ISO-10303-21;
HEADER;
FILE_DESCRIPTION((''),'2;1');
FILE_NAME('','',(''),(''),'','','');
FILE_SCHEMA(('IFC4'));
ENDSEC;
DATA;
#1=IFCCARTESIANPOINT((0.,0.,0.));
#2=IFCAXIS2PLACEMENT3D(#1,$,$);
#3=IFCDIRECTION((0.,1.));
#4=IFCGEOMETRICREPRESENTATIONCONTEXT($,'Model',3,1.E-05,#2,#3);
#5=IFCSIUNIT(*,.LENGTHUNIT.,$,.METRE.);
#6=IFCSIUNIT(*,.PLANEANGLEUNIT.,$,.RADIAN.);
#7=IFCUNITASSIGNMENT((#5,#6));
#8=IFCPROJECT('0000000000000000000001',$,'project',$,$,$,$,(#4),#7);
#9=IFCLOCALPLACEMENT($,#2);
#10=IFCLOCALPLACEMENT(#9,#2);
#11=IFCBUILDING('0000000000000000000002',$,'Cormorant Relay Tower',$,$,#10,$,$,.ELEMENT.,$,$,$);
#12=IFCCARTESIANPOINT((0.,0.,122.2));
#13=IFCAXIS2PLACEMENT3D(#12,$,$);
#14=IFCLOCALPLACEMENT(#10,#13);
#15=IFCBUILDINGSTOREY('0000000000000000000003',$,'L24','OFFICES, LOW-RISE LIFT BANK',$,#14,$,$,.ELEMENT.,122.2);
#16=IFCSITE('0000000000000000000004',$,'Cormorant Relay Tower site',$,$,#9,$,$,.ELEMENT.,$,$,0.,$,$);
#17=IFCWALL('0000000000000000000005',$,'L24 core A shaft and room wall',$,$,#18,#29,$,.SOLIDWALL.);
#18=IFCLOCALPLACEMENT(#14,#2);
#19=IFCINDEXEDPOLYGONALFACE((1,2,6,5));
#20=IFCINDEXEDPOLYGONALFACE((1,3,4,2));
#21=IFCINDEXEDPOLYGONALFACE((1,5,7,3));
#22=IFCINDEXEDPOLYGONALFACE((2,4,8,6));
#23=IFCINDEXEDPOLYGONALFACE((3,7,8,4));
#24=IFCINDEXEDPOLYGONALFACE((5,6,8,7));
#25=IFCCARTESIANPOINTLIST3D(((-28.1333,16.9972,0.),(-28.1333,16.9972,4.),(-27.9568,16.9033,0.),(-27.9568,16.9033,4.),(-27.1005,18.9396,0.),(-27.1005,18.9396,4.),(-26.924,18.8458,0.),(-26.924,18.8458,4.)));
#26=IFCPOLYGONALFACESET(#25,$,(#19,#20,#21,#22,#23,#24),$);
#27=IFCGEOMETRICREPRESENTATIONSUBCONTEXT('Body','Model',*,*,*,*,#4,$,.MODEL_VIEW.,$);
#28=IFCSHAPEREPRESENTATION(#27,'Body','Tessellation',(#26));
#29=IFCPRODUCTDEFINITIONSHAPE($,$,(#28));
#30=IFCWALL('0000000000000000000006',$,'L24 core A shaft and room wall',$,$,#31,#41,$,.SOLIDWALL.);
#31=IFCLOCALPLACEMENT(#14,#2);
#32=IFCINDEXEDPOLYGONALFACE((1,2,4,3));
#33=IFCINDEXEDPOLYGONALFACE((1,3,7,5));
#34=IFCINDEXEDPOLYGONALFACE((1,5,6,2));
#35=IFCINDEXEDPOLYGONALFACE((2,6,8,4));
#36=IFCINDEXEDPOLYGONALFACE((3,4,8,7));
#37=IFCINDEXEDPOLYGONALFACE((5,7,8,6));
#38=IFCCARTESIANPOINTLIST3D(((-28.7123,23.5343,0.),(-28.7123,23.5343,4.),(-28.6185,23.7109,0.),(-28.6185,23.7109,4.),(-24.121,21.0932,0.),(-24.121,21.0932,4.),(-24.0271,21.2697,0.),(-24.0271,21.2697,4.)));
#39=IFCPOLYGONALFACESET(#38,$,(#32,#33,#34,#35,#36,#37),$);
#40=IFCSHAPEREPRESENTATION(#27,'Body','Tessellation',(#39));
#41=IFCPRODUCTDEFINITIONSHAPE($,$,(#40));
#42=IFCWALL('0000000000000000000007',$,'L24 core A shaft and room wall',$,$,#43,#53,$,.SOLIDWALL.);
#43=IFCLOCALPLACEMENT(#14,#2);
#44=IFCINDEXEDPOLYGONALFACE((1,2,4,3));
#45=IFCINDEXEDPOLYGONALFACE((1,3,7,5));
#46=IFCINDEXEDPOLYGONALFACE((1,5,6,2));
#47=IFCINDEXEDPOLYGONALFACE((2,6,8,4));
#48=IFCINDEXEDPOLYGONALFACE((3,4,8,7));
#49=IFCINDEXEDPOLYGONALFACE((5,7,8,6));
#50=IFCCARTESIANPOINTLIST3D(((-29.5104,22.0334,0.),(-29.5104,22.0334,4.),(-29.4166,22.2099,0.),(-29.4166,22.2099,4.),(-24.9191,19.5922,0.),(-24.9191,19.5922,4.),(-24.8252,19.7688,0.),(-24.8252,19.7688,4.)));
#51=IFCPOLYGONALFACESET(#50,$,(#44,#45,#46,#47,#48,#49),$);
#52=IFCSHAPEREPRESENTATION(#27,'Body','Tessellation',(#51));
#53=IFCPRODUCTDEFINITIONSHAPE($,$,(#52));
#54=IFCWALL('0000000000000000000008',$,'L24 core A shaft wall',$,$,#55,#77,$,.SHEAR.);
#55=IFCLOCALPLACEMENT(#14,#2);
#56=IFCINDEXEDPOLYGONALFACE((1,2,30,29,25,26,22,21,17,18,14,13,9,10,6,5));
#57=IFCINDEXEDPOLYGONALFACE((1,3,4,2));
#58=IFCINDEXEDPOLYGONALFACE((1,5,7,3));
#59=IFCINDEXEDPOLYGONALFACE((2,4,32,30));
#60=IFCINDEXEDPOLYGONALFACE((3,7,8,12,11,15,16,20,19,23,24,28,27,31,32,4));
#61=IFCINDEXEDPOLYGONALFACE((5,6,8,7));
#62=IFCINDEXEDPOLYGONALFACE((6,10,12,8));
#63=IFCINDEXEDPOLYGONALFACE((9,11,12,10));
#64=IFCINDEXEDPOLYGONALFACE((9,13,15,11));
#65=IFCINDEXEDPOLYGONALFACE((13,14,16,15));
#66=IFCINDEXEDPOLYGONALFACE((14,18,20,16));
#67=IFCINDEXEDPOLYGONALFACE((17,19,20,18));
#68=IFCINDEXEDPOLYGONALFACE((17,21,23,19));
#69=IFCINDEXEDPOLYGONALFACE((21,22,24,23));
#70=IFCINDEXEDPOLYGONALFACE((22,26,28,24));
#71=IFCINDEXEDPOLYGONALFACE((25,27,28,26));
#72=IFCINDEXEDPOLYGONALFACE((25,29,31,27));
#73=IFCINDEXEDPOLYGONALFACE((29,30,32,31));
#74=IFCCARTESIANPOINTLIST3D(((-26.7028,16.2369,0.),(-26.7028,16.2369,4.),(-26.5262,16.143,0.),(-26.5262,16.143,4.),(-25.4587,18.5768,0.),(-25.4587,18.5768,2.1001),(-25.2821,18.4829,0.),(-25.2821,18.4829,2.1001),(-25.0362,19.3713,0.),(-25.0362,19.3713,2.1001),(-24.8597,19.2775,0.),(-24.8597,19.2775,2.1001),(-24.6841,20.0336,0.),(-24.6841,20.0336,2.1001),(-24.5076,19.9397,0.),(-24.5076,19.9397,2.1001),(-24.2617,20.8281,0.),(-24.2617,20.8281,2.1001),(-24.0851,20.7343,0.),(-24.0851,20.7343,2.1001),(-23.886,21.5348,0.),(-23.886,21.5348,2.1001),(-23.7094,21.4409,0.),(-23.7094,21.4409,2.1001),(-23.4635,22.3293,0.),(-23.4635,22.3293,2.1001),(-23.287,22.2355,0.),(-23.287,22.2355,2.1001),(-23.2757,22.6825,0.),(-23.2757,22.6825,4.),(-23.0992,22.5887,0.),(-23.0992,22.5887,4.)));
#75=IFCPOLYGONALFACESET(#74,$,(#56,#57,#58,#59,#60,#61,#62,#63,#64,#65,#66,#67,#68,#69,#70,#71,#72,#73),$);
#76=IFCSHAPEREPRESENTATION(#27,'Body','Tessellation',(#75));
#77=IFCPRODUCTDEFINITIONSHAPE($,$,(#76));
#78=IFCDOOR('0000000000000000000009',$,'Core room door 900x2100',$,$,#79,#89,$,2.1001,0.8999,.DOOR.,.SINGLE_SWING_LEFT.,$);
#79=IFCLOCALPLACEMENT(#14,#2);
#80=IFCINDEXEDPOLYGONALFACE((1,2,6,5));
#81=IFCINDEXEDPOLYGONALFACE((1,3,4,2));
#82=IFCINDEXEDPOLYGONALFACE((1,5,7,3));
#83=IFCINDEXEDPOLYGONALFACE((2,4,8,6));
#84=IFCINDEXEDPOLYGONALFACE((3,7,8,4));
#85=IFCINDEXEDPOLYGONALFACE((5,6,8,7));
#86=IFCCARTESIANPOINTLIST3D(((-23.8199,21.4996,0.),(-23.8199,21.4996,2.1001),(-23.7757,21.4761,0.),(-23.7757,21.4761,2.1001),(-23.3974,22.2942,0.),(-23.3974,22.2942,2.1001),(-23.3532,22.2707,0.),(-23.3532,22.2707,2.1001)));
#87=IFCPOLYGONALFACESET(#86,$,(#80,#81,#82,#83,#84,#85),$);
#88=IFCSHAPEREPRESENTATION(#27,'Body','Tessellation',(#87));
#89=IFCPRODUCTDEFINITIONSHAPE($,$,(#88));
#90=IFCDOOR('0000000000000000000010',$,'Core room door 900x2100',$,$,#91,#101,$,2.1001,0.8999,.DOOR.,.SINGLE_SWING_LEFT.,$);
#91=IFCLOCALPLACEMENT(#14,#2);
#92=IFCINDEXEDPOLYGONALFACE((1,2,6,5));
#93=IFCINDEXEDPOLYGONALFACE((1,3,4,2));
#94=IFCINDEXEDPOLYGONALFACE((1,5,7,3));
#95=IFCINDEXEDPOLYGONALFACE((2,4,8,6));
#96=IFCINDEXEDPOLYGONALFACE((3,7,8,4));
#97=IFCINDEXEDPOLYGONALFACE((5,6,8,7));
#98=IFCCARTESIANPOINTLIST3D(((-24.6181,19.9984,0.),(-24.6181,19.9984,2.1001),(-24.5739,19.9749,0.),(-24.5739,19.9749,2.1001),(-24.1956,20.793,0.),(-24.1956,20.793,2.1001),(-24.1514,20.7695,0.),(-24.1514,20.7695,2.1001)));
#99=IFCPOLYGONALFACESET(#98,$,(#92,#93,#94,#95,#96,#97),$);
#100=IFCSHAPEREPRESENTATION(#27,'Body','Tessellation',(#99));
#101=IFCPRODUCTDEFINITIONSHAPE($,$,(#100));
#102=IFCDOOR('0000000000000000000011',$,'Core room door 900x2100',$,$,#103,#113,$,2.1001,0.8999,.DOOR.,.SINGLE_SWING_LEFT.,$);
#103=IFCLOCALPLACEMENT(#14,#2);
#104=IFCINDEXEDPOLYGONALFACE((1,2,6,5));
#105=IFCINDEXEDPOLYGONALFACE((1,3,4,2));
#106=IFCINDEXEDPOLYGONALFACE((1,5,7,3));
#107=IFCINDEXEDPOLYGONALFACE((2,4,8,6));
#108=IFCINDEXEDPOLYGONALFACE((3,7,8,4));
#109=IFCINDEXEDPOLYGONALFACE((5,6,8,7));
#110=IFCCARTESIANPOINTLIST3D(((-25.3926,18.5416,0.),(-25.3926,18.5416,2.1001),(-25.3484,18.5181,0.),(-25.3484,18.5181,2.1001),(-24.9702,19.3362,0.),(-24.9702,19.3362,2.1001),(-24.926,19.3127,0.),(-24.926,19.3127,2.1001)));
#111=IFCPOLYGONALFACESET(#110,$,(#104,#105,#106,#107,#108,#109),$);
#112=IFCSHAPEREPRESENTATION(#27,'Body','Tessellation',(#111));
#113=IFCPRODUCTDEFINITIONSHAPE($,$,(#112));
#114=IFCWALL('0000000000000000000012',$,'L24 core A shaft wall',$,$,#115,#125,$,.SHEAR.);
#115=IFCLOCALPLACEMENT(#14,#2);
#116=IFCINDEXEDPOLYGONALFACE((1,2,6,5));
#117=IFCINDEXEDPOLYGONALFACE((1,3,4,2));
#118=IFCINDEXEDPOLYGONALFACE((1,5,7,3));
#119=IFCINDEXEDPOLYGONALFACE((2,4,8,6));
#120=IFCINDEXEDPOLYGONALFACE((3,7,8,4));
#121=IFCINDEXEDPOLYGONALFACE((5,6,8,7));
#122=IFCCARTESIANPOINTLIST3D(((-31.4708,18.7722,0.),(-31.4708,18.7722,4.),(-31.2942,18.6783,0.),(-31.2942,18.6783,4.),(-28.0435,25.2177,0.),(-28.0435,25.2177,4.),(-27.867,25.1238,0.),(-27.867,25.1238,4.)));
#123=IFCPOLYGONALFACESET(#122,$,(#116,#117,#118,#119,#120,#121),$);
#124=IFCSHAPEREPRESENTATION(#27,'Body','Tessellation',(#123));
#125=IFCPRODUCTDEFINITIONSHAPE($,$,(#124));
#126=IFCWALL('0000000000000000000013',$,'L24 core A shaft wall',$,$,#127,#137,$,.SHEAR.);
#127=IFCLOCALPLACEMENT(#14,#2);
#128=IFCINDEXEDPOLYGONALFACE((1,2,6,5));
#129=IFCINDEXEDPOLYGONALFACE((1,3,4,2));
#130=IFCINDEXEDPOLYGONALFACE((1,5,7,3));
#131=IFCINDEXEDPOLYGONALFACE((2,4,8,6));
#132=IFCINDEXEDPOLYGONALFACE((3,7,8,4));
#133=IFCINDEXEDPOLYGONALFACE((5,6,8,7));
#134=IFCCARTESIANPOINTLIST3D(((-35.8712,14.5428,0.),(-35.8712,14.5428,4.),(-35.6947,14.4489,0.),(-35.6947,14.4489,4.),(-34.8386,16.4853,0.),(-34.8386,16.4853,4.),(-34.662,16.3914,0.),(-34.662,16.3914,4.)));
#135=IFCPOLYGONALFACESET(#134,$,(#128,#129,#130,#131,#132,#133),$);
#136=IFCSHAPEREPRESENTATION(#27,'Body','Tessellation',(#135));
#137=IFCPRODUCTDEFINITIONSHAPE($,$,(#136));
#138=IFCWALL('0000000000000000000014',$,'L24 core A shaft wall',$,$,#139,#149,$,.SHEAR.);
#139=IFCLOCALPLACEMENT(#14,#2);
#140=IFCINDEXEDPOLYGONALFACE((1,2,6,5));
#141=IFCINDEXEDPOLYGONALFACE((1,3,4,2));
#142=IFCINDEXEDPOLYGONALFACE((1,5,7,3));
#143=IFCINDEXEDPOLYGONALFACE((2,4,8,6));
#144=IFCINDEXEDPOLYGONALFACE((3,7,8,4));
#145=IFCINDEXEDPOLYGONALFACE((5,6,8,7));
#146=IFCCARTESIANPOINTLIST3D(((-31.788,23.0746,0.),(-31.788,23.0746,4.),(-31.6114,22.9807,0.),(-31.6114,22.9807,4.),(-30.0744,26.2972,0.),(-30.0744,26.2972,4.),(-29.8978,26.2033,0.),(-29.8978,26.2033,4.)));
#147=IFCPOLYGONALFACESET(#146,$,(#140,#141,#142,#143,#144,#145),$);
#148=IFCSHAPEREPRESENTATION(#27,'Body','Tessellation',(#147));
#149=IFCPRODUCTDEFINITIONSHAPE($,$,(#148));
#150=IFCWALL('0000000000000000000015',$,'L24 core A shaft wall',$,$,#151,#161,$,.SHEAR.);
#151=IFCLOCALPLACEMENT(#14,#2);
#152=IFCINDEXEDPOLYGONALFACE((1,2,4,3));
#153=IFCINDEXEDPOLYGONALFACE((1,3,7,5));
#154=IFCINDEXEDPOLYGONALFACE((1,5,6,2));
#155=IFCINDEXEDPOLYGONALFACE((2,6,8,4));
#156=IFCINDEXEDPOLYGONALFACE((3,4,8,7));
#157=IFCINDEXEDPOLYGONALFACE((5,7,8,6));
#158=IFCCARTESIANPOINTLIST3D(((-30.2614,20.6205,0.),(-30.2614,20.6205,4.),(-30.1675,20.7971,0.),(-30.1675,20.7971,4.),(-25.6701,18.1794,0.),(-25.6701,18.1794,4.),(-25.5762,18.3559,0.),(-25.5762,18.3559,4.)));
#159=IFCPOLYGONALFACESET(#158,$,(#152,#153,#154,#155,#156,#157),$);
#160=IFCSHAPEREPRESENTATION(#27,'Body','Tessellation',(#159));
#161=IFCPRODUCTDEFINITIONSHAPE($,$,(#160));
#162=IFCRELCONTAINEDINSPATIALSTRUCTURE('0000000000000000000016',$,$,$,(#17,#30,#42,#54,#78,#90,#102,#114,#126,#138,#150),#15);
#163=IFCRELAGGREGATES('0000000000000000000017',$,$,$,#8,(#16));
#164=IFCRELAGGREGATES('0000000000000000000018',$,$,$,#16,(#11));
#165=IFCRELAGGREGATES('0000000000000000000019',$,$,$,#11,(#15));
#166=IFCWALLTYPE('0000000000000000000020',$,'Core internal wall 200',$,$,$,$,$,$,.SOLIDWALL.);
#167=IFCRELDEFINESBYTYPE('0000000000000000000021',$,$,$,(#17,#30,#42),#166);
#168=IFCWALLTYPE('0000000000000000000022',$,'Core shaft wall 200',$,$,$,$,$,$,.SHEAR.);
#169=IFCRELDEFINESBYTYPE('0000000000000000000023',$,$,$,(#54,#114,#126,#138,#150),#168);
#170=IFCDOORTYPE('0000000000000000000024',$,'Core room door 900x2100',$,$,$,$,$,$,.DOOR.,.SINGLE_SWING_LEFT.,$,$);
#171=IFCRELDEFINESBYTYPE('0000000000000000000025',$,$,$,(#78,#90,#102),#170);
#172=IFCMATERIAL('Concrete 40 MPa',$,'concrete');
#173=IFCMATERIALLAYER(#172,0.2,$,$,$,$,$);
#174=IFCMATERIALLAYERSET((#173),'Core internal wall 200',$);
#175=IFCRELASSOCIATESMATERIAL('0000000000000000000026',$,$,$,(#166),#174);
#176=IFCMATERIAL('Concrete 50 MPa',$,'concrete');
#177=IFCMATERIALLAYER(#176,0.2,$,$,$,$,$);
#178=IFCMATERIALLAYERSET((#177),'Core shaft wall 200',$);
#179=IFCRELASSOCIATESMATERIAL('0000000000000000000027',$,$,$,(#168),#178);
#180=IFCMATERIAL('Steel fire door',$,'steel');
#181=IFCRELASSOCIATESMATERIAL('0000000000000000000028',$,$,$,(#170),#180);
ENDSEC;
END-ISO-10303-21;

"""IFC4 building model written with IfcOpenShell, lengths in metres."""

from ifc_helpers import new_model, si_unit, direction, frame, frame_2d, origin, place, context, subcontext, project, spatial, rectangle, extrude, material, layer, layer_set, type_object, element, fill, save


model = new_model("IFC4")

# Units and contexts
model_context = context("Model", 3, precision=1e-05, world=origin(), true_north=direction((0.0, 1.0)))
body_context = subcontext(model_context, "Body", "Model", "MODEL_VIEW")
ifc_project = project(units=[si_unit("LENGTHUNIT", "METRE"), si_unit("PLANEANGLEUNIT", "RADIAN")], contexts=[model_context])

# Site, building, storey
site_placement = place(None, origin())
site = spatial("IfcSite", under=ifc_project, at=site_placement, Name="Cormorant Relay Tower site", CompositionType="ELEMENT", RefElevation=0.0)
building_placement = place(site_placement, origin())
building = spatial("IfcBuilding", under=site, at=building_placement, Name="Cormorant Relay Tower", CompositionType="ELEMENT")
storey_placement = place(building_placement, frame((0.0, 0.0, 122.2)))
storey = spatial("IfcBuildingStorey", under=building, at=storey_placement, Name="L24", Description="OFFICES, LOW-RISE LIFT BANK", CompositionType="ELEMENT", Elevation=122.2)

# Walls
ifc_material_1 = material(Name="Concrete 40 MPa", Category="concrete")
ifc_layer_1 = layer(ifc_material_1, 0.2)
ifc_layer_set_1 = layer_set([ifc_layer_1], Name="Core internal wall 200")
wall_type_1 = type_object("IfcWallType", Name="Core internal wall 200", PredefinedType="SOLIDWALL", material=ifc_layer_set_1)
wall_1_placement = place(storey_placement, frame((-27.0122, 18.8928, 0.0), z_axis=(0.0, 0.0, 1.0), x_axis=(-0.469447, -0.88296, 0.0)))
element("IfcWall", 1, at=wall_1_placement, inside=storey, type_object=wall_type_1, Name="L24 core A shaft and room wall", PredefinedType="SOLIDWALL", context=body_context, shape_type="SweptSolid", body=[
    extrude(rectangle(XDim=2.2, YDim=0.2, at=frame_2d((1.1001, 0.0))), origin(), (0.0, 0.0, 1.0), 4.0),
])
for number, where, z_axis, x_axis, name in (
    (2, (-24.074, 21.1814, 0.0), (0.0, 0.0, 1.0), (-0.882954, 0.46946, 0.0), "L24 core A shaft and room wall"),
    (3, (-24.8721, 19.6804, 0.0), (0.0, 0.0, 1.0), (-0.882954, 0.46946, 0.0), "L24 core A shaft and room wall"),
):
    element("IfcWall", number, at=place(storey_placement, frame(where, z_axis=z_axis, x_axis=x_axis)), inside=storey, type_object=wall_type_1, Name=name, PredefinedType="SOLIDWALL", context=body_context, shape_type="SweptSolid", body=[
        extrude(rectangle(XDim=5.2, YDim=0.2, at=frame_2d((2.6001, 0.0))), origin(), (0.0, 0.0, 1.0), 4.0),
    ])

# Wall, openings, doors
ifc_material_2 = material(Name="Concrete 50 MPa", Category="concrete")
ifc_layer_2 = layer(ifc_material_2, 0.2)
ifc_layer_set_2 = layer_set([ifc_layer_2], Name="Core shaft wall 200")
wall_type_2 = type_object("IfcWallType", Name="Core shaft wall 200", PredefinedType="SHEAR", material=ifc_layer_set_2)
wall_2_placement = place(storey_placement, frame((-23.1875, 22.6355, 0.0), z_axis=(0.0, 0.0, 1.0), x_axis=(-0.469454, -0.882957, 0.0)))
wall_2 = element("IfcWall", 4, at=wall_2_placement, inside=storey, type_object=wall_type_2, Name="L24 core A shaft wall", PredefinedType="SHEAR", context=body_context, shape_type="SweptSolid", body=[
    extrude(rectangle(XDim=7.3, YDim=0.2, at=frame_2d((3.6499, 0.0))), origin(), (0.0, 0.0, 1.0), 4.0),
])
opening_1_placement = place(wall_2_placement, frame((0.3999, 0.0, 0.0)))
opening_1 = element("IfcOpeningElement", 5, at=opening_1_placement, cuts=wall_2, PredefinedType="OPENING", context=body_context, shape_type="SweptSolid", body=[
    extrude(rectangle(XDim=0.8999, YDim=2.1001, at=frame_2d((0.45, 1.05))), frame((0.0, 0.1099, 0.0), z_axis=(0.0, -1.0, 0.0), x_axis=(1.0, 0.0, 0.0)), (0.0, 0.0, 1.0), 0.22),
])
opening_2_placement = place(wall_2_placement, frame((2.1001, 0.0, 0.0)))
opening_2 = element("IfcOpeningElement", 6, at=opening_2_placement, cuts=wall_2, PredefinedType="OPENING", context=body_context, shape_type="SweptSolid", body=[
    extrude(rectangle(XDim=0.8999, YDim=2.1001, at=frame_2d((0.45, 1.05))), frame((0.0, 0.1099, 0.0), z_axis=(0.0, -1.0, 0.0), x_axis=(1.0, 0.0, 0.0)), (0.0, 0.0, 1.0), 0.22),
])
opening_3_placement = place(wall_2_placement, frame((3.75, 0.0, 0.0)))
opening_3 = element("IfcOpeningElement", 7, at=opening_3_placement, cuts=wall_2, PredefinedType="OPENING", context=body_context, shape_type="SweptSolid", body=[
    extrude(rectangle(XDim=0.8999, YDim=2.1001, at=frame_2d((0.45, 1.05))), frame((0.0, 0.1099, 0.0), z_axis=(0.0, -1.0, 0.0), x_axis=(1.0, 0.0, 0.0)), (0.0, 0.0, 1.0), 0.22),
])
ifc_material_3 = material(Name="Steel fire door", Category="steel")
door_type_1 = type_object("IfcDoorType", Name="Core room door 900x2100", OperationType="SINGLE_SWING_LEFT", PredefinedType="DOOR", material=ifc_material_3)
door_1_placement = place(opening_1_placement, origin())
door_1 = element("IfcDoor", 8, at=door_1_placement, inside=storey, type_object=door_type_1, Name="Core room door 900x2100", OperationType="SINGLE_SWING_LEFT", OverallHeight=2.1001, OverallWidth=0.8999, PredefinedType="DOOR", context=body_context, shape_type="SweptSolid", body=[
    extrude(rectangle(XDim=0.8999, YDim=2.1001, at=frame_2d((0.45, 1.05))), frame((0.0, 0.0249, 0.0), z_axis=(0.0, -1.0, 0.0), x_axis=(1.0, 0.0, 0.0)), (0.0, 0.0, 1.0), 0.05),
])
fill(opening_1, door_1)
door_2_placement = place(opening_2_placement, origin())
door_2 = element("IfcDoor", 9, at=door_2_placement, inside=storey, type_object=door_type_1, Name="Core room door 900x2100", OperationType="SINGLE_SWING_LEFT", OverallHeight=2.1001, OverallWidth=0.8999, PredefinedType="DOOR", context=body_context, shape_type="SweptSolid", body=[
    extrude(rectangle(XDim=0.8999, YDim=2.1001, at=frame_2d((0.45, 1.05))), frame((0.0, 0.0249, 0.0), z_axis=(0.0, -1.0, 0.0), x_axis=(1.0, 0.0, 0.0)), (0.0, 0.0, 1.0), 0.05),
])
fill(opening_2, door_2)
door_3_placement = place(opening_3_placement, origin())
door_3 = element("IfcDoor", 10, at=door_3_placement, inside=storey, type_object=door_type_1, Name="Core room door 900x2100", OperationType="SINGLE_SWING_LEFT", OverallHeight=2.1001, OverallWidth=0.8999, PredefinedType="DOOR", context=body_context, shape_type="SweptSolid", body=[
    extrude(rectangle(XDim=0.8999, YDim=2.1001, at=frame_2d((0.45, 1.05))), frame((0.0, 0.0249, 0.0), z_axis=(0.0, -1.0, 0.0), x_axis=(1.0, 0.0, 0.0)), (0.0, 0.0, 1.0), 0.05),
])
fill(opening_3, door_3)

# Walls
wall_3_placement = place(storey_placement, frame((-27.9553, 25.1707, 0.0), z_axis=(0.0, 0.0, 1.0), x_axis=(-0.46948, -0.882943, 0.0)))
element("IfcWall", 11, at=wall_3_placement, inside=storey, type_object=wall_type_2, Name="L24 core A shaft wall", PredefinedType="SHEAR", context=body_context, shape_type="SweptSolid", body=[
    extrude(rectangle(XDim=7.3, YDim=0.2, at=frame_2d((3.6499, 0.0))), origin(), (0.0, 0.0, 1.0), 4.0),
])
wall_4_placement = place(storey_placement, frame((-34.7502, 16.4385, 0.0), z_axis=(0.0, 0.0, 1.0), x_axis=(-0.469401, -0.882985, 0.0)))
element("IfcWall", 12, at=wall_4_placement, inside=storey, type_object=wall_type_2, Name="L24 core A shaft wall", PredefinedType="SHEAR", context=body_context, shape_type="SweptSolid", body=[
    extrude(rectangle(XDim=2.2, YDim=0.2, at=frame_2d((1.1001, 0.0))), origin(), (0.0, 0.0, 1.0), 4.0),
])
wall_5_placement = place(storey_placement, frame((-29.9861, 26.2502, 0.0), z_axis=(0.0, 0.0, 1.0), x_axis=(-0.469494, -0.882936, 0.0)))
element("IfcWall", 13, at=wall_5_placement, inside=storey, type_object=wall_type_2, Name="L24 core A shaft wall", PredefinedType="SHEAR", context=body_context, shape_type="SweptSolid", body=[
    extrude(rectangle(XDim=3.6499, YDim=0.2, at=frame_2d((1.825, 0.0))), origin(), (0.0, 0.0, 1.0), 4.0),
])

# Wall
wall_6_placement = place(storey_placement, frame((-25.623, 18.2676, 0.0), z_axis=(0.0, 0.0, 1.0), x_axis=(-0.882954, 0.46946, 0.0)))
element("IfcWall", 14, at=wall_6_placement, inside=storey, type_object=wall_type_2, Name="L24 core A shaft wall", PredefinedType="SHEAR", context=body_context, shape_type="SweptSolid", body=[
    extrude(rectangle(XDim=5.2, YDim=0.2, at=frame_2d((2.6001, 0.0))), origin(), (0.0, 0.0, 1.0), 4.0),
])

save(model, "model.ifc")
